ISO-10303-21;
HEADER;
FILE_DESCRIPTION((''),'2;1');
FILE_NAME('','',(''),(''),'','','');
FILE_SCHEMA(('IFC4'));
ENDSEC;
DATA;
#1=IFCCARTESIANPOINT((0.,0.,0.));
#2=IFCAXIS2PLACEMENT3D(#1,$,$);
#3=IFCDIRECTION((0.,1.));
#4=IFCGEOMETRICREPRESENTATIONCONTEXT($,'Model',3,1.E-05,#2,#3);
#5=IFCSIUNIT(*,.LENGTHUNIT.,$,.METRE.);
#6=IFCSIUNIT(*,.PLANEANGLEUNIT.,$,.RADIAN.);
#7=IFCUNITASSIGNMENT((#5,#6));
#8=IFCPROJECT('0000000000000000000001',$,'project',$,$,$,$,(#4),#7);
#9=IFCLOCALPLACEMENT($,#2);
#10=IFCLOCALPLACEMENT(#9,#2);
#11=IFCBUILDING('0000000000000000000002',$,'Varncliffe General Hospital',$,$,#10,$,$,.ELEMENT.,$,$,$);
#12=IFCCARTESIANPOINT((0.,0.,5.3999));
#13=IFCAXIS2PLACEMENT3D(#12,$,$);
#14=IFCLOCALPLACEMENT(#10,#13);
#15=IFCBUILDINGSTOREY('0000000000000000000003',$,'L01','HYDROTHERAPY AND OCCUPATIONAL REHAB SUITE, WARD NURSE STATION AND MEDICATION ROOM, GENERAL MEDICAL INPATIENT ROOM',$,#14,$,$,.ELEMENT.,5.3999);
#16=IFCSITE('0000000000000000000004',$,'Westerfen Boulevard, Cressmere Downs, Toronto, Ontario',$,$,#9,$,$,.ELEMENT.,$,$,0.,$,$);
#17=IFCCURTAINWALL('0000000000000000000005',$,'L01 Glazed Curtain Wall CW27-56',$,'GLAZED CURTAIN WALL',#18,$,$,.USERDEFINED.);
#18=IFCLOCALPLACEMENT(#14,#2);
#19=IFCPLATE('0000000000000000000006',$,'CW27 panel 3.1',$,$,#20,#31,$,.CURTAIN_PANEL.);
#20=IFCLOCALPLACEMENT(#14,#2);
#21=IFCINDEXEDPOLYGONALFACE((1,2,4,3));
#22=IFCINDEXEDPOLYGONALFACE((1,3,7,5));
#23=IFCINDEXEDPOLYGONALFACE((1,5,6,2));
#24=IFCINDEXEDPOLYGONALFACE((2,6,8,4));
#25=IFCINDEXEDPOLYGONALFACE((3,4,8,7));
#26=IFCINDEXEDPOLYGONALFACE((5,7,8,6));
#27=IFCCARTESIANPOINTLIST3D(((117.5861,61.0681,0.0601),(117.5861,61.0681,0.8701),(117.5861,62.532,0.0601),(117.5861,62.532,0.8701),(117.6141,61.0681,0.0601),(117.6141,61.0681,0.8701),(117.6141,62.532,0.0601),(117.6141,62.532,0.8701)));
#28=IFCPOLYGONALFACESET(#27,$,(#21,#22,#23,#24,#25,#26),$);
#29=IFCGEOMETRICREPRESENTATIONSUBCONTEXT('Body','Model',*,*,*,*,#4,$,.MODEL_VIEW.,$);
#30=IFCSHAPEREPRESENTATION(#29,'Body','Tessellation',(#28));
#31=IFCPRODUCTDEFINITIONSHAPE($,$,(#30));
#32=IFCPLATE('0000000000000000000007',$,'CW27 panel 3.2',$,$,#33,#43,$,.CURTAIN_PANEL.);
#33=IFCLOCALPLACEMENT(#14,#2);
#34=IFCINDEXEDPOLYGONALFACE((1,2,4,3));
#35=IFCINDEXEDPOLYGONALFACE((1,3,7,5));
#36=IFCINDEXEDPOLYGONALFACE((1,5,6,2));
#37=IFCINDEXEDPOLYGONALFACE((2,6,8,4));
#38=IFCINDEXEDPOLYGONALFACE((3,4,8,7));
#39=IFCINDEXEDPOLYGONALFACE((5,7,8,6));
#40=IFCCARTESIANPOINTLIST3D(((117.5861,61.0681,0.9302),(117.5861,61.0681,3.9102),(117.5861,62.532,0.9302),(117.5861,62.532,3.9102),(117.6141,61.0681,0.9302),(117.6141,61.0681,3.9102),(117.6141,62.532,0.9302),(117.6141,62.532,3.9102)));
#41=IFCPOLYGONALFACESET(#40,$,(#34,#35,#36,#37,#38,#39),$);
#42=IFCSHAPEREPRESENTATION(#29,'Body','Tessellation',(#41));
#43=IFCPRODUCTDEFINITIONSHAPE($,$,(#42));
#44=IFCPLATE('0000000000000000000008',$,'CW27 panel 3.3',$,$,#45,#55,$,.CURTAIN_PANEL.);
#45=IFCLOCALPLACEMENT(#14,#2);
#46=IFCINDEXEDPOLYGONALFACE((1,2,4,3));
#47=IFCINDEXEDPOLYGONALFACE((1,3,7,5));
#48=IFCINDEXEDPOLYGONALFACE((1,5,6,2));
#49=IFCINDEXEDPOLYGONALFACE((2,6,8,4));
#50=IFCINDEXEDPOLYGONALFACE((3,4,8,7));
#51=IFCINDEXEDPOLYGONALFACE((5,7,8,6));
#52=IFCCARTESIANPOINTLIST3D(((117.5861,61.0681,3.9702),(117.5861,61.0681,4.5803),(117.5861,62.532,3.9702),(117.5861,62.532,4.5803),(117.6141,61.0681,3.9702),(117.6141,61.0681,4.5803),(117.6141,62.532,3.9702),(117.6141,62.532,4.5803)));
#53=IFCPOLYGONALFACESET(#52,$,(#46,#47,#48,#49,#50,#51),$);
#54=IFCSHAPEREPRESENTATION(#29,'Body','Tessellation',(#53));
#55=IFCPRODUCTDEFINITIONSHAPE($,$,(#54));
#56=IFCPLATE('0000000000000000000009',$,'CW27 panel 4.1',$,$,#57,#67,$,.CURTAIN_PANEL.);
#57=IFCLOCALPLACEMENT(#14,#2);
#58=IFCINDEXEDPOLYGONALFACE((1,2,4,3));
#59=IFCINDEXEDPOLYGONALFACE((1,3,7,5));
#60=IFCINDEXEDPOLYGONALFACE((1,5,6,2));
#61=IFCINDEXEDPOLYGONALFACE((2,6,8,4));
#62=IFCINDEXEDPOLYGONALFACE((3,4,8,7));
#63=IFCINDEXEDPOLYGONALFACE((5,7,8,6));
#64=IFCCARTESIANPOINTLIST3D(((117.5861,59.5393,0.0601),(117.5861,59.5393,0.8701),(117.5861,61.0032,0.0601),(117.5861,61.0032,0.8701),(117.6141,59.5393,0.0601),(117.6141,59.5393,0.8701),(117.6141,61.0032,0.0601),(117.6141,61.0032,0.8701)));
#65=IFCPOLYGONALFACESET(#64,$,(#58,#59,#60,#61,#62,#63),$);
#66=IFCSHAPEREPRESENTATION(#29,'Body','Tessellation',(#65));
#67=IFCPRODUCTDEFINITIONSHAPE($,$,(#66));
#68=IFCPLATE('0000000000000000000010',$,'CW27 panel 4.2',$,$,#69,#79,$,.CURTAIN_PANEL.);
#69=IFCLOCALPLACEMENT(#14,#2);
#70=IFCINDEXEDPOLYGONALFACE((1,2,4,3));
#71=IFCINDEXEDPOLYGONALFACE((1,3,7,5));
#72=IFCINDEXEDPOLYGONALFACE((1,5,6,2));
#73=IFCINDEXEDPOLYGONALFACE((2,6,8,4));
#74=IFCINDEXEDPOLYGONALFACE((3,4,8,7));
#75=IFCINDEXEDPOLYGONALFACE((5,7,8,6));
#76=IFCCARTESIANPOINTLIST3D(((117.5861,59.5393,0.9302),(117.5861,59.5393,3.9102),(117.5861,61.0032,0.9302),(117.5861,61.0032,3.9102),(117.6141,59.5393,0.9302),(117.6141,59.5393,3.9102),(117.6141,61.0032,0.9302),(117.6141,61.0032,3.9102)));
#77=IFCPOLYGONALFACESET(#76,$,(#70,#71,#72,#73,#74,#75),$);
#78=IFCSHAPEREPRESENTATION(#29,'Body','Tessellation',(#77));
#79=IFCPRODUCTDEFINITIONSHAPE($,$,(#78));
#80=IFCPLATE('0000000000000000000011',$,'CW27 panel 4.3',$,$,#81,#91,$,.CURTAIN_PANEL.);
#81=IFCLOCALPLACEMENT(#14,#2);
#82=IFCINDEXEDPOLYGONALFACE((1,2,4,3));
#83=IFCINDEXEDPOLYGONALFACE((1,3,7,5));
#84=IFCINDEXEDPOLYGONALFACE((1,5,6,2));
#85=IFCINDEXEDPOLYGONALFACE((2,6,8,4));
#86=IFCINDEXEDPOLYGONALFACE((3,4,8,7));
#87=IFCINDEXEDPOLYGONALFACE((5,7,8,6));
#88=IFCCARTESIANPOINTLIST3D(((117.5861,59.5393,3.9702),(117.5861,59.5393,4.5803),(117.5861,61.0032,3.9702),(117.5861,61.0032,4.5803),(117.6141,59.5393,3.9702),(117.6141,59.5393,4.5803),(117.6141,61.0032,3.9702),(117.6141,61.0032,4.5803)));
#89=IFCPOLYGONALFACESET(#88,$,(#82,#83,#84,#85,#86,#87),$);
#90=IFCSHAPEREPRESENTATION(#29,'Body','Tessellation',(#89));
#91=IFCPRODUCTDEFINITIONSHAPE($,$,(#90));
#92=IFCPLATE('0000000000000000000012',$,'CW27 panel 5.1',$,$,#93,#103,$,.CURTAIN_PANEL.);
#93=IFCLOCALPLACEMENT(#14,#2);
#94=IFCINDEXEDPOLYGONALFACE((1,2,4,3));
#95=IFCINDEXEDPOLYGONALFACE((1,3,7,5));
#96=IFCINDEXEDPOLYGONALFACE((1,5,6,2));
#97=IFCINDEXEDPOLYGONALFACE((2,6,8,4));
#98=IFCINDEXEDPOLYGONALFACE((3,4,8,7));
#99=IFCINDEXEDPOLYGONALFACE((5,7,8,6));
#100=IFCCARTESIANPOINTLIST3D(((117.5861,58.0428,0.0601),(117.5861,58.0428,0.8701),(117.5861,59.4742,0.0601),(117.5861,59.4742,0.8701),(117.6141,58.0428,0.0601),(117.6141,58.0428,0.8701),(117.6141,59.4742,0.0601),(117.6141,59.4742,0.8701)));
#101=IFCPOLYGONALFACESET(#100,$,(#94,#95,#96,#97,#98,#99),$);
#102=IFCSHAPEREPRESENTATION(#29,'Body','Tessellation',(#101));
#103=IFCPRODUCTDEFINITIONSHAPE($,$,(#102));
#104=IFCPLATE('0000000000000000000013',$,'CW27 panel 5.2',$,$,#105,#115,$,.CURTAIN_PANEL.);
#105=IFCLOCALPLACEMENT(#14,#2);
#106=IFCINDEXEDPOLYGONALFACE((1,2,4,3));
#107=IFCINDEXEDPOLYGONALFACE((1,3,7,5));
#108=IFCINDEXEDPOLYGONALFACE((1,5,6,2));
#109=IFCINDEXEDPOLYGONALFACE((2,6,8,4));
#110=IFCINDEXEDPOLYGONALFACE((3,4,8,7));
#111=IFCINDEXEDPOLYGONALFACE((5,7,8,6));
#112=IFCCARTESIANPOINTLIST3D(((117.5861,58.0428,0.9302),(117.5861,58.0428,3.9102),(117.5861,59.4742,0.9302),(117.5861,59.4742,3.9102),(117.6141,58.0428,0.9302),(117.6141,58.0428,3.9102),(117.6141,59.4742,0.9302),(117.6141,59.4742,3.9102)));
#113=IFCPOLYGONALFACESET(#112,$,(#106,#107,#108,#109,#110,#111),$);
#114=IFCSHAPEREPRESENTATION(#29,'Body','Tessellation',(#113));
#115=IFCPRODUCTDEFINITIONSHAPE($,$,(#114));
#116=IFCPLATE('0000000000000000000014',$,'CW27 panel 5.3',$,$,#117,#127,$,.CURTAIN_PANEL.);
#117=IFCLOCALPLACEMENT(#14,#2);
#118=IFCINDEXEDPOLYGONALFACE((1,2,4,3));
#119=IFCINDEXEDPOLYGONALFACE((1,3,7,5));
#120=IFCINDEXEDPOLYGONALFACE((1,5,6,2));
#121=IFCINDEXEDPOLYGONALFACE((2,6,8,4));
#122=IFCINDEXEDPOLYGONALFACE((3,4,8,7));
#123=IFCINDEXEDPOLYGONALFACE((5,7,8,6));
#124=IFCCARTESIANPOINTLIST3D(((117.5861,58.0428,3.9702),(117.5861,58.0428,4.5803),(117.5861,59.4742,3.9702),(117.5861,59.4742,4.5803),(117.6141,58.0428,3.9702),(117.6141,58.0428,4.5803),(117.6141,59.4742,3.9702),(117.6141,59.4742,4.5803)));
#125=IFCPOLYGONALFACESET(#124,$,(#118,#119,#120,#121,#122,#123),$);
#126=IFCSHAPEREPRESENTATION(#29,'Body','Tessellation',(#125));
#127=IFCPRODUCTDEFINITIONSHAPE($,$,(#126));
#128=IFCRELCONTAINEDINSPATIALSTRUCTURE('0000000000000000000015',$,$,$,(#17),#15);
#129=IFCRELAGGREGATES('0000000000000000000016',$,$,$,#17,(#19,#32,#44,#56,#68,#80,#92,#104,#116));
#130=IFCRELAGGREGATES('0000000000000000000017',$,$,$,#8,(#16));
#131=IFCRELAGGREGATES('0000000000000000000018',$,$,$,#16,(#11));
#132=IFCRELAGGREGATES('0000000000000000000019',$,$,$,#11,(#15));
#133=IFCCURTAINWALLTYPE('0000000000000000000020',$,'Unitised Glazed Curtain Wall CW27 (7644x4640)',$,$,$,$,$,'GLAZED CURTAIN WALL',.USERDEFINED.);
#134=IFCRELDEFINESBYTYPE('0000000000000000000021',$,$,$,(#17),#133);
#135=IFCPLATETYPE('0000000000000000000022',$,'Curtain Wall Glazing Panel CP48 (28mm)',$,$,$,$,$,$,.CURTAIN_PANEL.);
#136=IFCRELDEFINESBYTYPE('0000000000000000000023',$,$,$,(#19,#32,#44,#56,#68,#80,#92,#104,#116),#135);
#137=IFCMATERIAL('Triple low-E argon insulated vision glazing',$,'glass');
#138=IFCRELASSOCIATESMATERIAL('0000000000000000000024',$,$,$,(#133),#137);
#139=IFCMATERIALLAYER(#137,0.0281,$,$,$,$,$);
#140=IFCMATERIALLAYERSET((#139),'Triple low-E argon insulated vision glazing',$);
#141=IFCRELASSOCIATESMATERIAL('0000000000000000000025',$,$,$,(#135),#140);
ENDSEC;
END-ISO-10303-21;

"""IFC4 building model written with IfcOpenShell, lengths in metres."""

from ifc_helpers import new_model, si_unit, direction, frame, origin, origin_2d, place, context, subcontext, project, spatial, rectangle, extrude, material, layer, layer_set, type_object, element, aggregate, save


model = new_model("IFC4")

# Units and contexts
model_context = context("Model", 3, precision=1e-05, world=origin(), true_north=direction((0.0, 1.0)))
body_context = subcontext(model_context, "Body", "Model", "MODEL_VIEW")
ifc_project = project(units=[si_unit("LENGTHUNIT", "METRE"), si_unit("PLANEANGLEUNIT", "RADIAN")], contexts=[model_context])

# Site, building, storey
site_placement = place(None, origin())
site = spatial("IfcSite", under=ifc_project, at=site_placement, Name="Westerfen Boulevard, Cressmere Downs, Toronto, Ontario", CompositionType="ELEMENT", RefElevation=0.0)
building_placement = place(site_placement, origin())
building = spatial("IfcBuilding", under=site, at=building_placement, Name="Varncliffe General Hospital", CompositionType="ELEMENT")
storey_placement = place(building_placement, frame((0.0, 0.0, 5.3999)))
storey = spatial("IfcBuildingStorey", under=building, at=storey_placement, Name="L01", Description="HYDROTHERAPY AND OCCUPATIONAL REHAB SUITE, WARD NURSE STATION AND MEDICATION ROOM, GENERAL MEDICAL INPATIENT ROOM", CompositionType="ELEMENT", Elevation=5.3999)

# Curtain wall
ifc_material_1 = material(Name="Triple low-E argon insulated vision glazing", Category="glass")
curtain_wall_type = type_object("IfcCurtainWallType", Name="Unitised Glazed Curtain Wall CW27 (7644x4640)", ElementType="GLAZED CURTAIN WALL", PredefinedType="USERDEFINED", material=ifc_material_1)
curtain_wall_placement = place(storey_placement, origin())
curtain_wall = element("IfcCurtainWall", 1, at=curtain_wall_placement, inside=storey, type_object=curtain_wall_type, Name="L01 Glazed Curtain Wall CW27-56", ObjectType="GLAZED CURTAIN WALL", PredefinedType="USERDEFINED")

# Plates
ifc_layer = layer(ifc_material_1, 0.0281)
ifc_layer_set = layer_set([ifc_layer], Name="Triple low-E argon insulated vision glazing")
plate_type = type_object("IfcPlateType", Name="Curtain Wall Glazing Panel CP48 (28mm)", PredefinedType="CURTAIN_PANEL", material=ifc_layer_set)
plate_1_placement = place(storey_placement, frame((117.6001, 61.8, 0.0601), z_axis=(0.0, 0.0, 1.0), x_axis=(0.0, -1.0, 0.0)))
plate_1 = element("IfcPlate", 2, at=plate_1_placement, type_object=plate_type, Name="CW27 panel 3.1", PredefinedType="CURTAIN_PANEL", context=body_context, shape_type="SweptSolid", body=[
    extrude(rectangle(XDim=1.4639, YDim=0.0281, at=origin_2d()), origin(), (0.0, 0.0, 1.0), 0.8101),
])
plate_2_placement = place(storey_placement, frame((117.6001, 61.8, 0.9302), z_axis=(0.0, 0.0, 1.0), x_axis=(0.0, -1.0, 0.0)))
plate_2 = element("IfcPlate", 3, at=plate_2_placement, type_object=plate_type, Name="CW27 panel 3.2", PredefinedType="CURTAIN_PANEL", context=body_context, shape_type="SweptSolid", body=[
    extrude(rectangle(XDim=1.4639, YDim=0.0281, at=origin_2d()), origin(), (0.0, 0.0, 1.0), 2.98),
])
plate_3_placement = place(storey_placement, frame((117.6001, 61.8, 3.9702), z_axis=(0.0, 0.0, 1.0), x_axis=(0.0, -1.0, 0.0)))
plate_3 = element("IfcPlate", 4, at=plate_3_placement, type_object=plate_type, Name="CW27 panel 3.3", PredefinedType="CURTAIN_PANEL", context=body_context, shape_type="SweptSolid", body=[
    extrude(rectangle(XDim=1.4639, YDim=0.0281, at=origin_2d()), origin(), (0.0, 0.0, 1.0), 0.6101),
])
plate_4_placement = place(storey_placement, frame((117.6001, 60.2712, 0.0601), z_axis=(0.0, 0.0, 1.0), x_axis=(0.0, -1.0, 0.0)))
plate_4 = element("IfcPlate", 5, at=plate_4_placement, type_object=plate_type, Name="CW27 panel 4.1", PredefinedType="CURTAIN_PANEL", context=body_context, shape_type="SweptSolid", body=[
    extrude(rectangle(XDim=1.4639, YDim=0.0281, at=origin_2d()), origin(), (0.0, 0.0, 1.0), 0.8101),
])
plate_5_placement = place(storey_placement, frame((117.6001, 60.2712, 0.9302), z_axis=(0.0, 0.0, 1.0), x_axis=(0.0, -1.0, 0.0)))
plate_5 = element("IfcPlate", 6, at=plate_5_placement, type_object=plate_type, Name="CW27 panel 4.2", PredefinedType="CURTAIN_PANEL", context=body_context, shape_type="SweptSolid", body=[
    extrude(rectangle(XDim=1.4639, YDim=0.0281, at=origin_2d()), origin(), (0.0, 0.0, 1.0), 2.98),
])
plate_6_placement = place(storey_placement, frame((117.6001, 60.2712, 3.9702), z_axis=(0.0, 0.0, 1.0), x_axis=(0.0, -1.0, 0.0)))
plate_6 = element("IfcPlate", 7, at=plate_6_placement, type_object=plate_type, Name="CW27 panel 4.3", PredefinedType="CURTAIN_PANEL", context=body_context, shape_type="SweptSolid", body=[
    extrude(rectangle(XDim=1.4639, YDim=0.0281, at=origin_2d()), origin(), (0.0, 0.0, 1.0), 0.6101),
])
plate_7_placement = place(storey_placement, frame((117.6001, 58.7585, 0.0601), z_axis=(0.0, 0.0, 1.0), x_axis=(0.0, -1.0, 0.0)))
plate_7 = element("IfcPlate", 8, at=plate_7_placement, type_object=plate_type, Name="CW27 panel 5.1", PredefinedType="CURTAIN_PANEL", context=body_context, shape_type="SweptSolid", body=[
    extrude(rectangle(XDim=1.4314, YDim=0.0281, at=origin_2d()), origin(), (0.0, 0.0, 1.0), 0.8101),
])
plate_8_placement = place(storey_placement, frame((117.6001, 58.7585, 0.9302), z_axis=(0.0, 0.0, 1.0), x_axis=(0.0, -1.0, 0.0)))
plate_8 = element("IfcPlate", 9, at=plate_8_placement, type_object=plate_type, Name="CW27 panel 5.2", PredefinedType="CURTAIN_PANEL", context=body_context, shape_type="SweptSolid", body=[
    extrude(rectangle(XDim=1.4314, YDim=0.0281, at=origin_2d()), origin(), (0.0, 0.0, 1.0), 2.98),
])
plate_9_placement = place(storey_placement, frame((117.6001, 58.7585, 3.9702), z_axis=(0.0, 0.0, 1.0), x_axis=(0.0, -1.0, 0.0)))
plate_9 = element("IfcPlate", 10, at=plate_9_placement, type_object=plate_type, Name="CW27 panel 5.3", PredefinedType="CURTAIN_PANEL", context=body_context, shape_type="SweptSolid", body=[
    extrude(rectangle(XDim=1.4314, YDim=0.0281, at=origin_2d()), origin(), (0.0, 0.0, 1.0), 0.6101),
])
aggregate(curtain_wall, [plate_1, plate_2, plate_3, plate_4, plate_5, plate_6, plate_7, plate_8, plate_9])

save(model, "model.ifc")
